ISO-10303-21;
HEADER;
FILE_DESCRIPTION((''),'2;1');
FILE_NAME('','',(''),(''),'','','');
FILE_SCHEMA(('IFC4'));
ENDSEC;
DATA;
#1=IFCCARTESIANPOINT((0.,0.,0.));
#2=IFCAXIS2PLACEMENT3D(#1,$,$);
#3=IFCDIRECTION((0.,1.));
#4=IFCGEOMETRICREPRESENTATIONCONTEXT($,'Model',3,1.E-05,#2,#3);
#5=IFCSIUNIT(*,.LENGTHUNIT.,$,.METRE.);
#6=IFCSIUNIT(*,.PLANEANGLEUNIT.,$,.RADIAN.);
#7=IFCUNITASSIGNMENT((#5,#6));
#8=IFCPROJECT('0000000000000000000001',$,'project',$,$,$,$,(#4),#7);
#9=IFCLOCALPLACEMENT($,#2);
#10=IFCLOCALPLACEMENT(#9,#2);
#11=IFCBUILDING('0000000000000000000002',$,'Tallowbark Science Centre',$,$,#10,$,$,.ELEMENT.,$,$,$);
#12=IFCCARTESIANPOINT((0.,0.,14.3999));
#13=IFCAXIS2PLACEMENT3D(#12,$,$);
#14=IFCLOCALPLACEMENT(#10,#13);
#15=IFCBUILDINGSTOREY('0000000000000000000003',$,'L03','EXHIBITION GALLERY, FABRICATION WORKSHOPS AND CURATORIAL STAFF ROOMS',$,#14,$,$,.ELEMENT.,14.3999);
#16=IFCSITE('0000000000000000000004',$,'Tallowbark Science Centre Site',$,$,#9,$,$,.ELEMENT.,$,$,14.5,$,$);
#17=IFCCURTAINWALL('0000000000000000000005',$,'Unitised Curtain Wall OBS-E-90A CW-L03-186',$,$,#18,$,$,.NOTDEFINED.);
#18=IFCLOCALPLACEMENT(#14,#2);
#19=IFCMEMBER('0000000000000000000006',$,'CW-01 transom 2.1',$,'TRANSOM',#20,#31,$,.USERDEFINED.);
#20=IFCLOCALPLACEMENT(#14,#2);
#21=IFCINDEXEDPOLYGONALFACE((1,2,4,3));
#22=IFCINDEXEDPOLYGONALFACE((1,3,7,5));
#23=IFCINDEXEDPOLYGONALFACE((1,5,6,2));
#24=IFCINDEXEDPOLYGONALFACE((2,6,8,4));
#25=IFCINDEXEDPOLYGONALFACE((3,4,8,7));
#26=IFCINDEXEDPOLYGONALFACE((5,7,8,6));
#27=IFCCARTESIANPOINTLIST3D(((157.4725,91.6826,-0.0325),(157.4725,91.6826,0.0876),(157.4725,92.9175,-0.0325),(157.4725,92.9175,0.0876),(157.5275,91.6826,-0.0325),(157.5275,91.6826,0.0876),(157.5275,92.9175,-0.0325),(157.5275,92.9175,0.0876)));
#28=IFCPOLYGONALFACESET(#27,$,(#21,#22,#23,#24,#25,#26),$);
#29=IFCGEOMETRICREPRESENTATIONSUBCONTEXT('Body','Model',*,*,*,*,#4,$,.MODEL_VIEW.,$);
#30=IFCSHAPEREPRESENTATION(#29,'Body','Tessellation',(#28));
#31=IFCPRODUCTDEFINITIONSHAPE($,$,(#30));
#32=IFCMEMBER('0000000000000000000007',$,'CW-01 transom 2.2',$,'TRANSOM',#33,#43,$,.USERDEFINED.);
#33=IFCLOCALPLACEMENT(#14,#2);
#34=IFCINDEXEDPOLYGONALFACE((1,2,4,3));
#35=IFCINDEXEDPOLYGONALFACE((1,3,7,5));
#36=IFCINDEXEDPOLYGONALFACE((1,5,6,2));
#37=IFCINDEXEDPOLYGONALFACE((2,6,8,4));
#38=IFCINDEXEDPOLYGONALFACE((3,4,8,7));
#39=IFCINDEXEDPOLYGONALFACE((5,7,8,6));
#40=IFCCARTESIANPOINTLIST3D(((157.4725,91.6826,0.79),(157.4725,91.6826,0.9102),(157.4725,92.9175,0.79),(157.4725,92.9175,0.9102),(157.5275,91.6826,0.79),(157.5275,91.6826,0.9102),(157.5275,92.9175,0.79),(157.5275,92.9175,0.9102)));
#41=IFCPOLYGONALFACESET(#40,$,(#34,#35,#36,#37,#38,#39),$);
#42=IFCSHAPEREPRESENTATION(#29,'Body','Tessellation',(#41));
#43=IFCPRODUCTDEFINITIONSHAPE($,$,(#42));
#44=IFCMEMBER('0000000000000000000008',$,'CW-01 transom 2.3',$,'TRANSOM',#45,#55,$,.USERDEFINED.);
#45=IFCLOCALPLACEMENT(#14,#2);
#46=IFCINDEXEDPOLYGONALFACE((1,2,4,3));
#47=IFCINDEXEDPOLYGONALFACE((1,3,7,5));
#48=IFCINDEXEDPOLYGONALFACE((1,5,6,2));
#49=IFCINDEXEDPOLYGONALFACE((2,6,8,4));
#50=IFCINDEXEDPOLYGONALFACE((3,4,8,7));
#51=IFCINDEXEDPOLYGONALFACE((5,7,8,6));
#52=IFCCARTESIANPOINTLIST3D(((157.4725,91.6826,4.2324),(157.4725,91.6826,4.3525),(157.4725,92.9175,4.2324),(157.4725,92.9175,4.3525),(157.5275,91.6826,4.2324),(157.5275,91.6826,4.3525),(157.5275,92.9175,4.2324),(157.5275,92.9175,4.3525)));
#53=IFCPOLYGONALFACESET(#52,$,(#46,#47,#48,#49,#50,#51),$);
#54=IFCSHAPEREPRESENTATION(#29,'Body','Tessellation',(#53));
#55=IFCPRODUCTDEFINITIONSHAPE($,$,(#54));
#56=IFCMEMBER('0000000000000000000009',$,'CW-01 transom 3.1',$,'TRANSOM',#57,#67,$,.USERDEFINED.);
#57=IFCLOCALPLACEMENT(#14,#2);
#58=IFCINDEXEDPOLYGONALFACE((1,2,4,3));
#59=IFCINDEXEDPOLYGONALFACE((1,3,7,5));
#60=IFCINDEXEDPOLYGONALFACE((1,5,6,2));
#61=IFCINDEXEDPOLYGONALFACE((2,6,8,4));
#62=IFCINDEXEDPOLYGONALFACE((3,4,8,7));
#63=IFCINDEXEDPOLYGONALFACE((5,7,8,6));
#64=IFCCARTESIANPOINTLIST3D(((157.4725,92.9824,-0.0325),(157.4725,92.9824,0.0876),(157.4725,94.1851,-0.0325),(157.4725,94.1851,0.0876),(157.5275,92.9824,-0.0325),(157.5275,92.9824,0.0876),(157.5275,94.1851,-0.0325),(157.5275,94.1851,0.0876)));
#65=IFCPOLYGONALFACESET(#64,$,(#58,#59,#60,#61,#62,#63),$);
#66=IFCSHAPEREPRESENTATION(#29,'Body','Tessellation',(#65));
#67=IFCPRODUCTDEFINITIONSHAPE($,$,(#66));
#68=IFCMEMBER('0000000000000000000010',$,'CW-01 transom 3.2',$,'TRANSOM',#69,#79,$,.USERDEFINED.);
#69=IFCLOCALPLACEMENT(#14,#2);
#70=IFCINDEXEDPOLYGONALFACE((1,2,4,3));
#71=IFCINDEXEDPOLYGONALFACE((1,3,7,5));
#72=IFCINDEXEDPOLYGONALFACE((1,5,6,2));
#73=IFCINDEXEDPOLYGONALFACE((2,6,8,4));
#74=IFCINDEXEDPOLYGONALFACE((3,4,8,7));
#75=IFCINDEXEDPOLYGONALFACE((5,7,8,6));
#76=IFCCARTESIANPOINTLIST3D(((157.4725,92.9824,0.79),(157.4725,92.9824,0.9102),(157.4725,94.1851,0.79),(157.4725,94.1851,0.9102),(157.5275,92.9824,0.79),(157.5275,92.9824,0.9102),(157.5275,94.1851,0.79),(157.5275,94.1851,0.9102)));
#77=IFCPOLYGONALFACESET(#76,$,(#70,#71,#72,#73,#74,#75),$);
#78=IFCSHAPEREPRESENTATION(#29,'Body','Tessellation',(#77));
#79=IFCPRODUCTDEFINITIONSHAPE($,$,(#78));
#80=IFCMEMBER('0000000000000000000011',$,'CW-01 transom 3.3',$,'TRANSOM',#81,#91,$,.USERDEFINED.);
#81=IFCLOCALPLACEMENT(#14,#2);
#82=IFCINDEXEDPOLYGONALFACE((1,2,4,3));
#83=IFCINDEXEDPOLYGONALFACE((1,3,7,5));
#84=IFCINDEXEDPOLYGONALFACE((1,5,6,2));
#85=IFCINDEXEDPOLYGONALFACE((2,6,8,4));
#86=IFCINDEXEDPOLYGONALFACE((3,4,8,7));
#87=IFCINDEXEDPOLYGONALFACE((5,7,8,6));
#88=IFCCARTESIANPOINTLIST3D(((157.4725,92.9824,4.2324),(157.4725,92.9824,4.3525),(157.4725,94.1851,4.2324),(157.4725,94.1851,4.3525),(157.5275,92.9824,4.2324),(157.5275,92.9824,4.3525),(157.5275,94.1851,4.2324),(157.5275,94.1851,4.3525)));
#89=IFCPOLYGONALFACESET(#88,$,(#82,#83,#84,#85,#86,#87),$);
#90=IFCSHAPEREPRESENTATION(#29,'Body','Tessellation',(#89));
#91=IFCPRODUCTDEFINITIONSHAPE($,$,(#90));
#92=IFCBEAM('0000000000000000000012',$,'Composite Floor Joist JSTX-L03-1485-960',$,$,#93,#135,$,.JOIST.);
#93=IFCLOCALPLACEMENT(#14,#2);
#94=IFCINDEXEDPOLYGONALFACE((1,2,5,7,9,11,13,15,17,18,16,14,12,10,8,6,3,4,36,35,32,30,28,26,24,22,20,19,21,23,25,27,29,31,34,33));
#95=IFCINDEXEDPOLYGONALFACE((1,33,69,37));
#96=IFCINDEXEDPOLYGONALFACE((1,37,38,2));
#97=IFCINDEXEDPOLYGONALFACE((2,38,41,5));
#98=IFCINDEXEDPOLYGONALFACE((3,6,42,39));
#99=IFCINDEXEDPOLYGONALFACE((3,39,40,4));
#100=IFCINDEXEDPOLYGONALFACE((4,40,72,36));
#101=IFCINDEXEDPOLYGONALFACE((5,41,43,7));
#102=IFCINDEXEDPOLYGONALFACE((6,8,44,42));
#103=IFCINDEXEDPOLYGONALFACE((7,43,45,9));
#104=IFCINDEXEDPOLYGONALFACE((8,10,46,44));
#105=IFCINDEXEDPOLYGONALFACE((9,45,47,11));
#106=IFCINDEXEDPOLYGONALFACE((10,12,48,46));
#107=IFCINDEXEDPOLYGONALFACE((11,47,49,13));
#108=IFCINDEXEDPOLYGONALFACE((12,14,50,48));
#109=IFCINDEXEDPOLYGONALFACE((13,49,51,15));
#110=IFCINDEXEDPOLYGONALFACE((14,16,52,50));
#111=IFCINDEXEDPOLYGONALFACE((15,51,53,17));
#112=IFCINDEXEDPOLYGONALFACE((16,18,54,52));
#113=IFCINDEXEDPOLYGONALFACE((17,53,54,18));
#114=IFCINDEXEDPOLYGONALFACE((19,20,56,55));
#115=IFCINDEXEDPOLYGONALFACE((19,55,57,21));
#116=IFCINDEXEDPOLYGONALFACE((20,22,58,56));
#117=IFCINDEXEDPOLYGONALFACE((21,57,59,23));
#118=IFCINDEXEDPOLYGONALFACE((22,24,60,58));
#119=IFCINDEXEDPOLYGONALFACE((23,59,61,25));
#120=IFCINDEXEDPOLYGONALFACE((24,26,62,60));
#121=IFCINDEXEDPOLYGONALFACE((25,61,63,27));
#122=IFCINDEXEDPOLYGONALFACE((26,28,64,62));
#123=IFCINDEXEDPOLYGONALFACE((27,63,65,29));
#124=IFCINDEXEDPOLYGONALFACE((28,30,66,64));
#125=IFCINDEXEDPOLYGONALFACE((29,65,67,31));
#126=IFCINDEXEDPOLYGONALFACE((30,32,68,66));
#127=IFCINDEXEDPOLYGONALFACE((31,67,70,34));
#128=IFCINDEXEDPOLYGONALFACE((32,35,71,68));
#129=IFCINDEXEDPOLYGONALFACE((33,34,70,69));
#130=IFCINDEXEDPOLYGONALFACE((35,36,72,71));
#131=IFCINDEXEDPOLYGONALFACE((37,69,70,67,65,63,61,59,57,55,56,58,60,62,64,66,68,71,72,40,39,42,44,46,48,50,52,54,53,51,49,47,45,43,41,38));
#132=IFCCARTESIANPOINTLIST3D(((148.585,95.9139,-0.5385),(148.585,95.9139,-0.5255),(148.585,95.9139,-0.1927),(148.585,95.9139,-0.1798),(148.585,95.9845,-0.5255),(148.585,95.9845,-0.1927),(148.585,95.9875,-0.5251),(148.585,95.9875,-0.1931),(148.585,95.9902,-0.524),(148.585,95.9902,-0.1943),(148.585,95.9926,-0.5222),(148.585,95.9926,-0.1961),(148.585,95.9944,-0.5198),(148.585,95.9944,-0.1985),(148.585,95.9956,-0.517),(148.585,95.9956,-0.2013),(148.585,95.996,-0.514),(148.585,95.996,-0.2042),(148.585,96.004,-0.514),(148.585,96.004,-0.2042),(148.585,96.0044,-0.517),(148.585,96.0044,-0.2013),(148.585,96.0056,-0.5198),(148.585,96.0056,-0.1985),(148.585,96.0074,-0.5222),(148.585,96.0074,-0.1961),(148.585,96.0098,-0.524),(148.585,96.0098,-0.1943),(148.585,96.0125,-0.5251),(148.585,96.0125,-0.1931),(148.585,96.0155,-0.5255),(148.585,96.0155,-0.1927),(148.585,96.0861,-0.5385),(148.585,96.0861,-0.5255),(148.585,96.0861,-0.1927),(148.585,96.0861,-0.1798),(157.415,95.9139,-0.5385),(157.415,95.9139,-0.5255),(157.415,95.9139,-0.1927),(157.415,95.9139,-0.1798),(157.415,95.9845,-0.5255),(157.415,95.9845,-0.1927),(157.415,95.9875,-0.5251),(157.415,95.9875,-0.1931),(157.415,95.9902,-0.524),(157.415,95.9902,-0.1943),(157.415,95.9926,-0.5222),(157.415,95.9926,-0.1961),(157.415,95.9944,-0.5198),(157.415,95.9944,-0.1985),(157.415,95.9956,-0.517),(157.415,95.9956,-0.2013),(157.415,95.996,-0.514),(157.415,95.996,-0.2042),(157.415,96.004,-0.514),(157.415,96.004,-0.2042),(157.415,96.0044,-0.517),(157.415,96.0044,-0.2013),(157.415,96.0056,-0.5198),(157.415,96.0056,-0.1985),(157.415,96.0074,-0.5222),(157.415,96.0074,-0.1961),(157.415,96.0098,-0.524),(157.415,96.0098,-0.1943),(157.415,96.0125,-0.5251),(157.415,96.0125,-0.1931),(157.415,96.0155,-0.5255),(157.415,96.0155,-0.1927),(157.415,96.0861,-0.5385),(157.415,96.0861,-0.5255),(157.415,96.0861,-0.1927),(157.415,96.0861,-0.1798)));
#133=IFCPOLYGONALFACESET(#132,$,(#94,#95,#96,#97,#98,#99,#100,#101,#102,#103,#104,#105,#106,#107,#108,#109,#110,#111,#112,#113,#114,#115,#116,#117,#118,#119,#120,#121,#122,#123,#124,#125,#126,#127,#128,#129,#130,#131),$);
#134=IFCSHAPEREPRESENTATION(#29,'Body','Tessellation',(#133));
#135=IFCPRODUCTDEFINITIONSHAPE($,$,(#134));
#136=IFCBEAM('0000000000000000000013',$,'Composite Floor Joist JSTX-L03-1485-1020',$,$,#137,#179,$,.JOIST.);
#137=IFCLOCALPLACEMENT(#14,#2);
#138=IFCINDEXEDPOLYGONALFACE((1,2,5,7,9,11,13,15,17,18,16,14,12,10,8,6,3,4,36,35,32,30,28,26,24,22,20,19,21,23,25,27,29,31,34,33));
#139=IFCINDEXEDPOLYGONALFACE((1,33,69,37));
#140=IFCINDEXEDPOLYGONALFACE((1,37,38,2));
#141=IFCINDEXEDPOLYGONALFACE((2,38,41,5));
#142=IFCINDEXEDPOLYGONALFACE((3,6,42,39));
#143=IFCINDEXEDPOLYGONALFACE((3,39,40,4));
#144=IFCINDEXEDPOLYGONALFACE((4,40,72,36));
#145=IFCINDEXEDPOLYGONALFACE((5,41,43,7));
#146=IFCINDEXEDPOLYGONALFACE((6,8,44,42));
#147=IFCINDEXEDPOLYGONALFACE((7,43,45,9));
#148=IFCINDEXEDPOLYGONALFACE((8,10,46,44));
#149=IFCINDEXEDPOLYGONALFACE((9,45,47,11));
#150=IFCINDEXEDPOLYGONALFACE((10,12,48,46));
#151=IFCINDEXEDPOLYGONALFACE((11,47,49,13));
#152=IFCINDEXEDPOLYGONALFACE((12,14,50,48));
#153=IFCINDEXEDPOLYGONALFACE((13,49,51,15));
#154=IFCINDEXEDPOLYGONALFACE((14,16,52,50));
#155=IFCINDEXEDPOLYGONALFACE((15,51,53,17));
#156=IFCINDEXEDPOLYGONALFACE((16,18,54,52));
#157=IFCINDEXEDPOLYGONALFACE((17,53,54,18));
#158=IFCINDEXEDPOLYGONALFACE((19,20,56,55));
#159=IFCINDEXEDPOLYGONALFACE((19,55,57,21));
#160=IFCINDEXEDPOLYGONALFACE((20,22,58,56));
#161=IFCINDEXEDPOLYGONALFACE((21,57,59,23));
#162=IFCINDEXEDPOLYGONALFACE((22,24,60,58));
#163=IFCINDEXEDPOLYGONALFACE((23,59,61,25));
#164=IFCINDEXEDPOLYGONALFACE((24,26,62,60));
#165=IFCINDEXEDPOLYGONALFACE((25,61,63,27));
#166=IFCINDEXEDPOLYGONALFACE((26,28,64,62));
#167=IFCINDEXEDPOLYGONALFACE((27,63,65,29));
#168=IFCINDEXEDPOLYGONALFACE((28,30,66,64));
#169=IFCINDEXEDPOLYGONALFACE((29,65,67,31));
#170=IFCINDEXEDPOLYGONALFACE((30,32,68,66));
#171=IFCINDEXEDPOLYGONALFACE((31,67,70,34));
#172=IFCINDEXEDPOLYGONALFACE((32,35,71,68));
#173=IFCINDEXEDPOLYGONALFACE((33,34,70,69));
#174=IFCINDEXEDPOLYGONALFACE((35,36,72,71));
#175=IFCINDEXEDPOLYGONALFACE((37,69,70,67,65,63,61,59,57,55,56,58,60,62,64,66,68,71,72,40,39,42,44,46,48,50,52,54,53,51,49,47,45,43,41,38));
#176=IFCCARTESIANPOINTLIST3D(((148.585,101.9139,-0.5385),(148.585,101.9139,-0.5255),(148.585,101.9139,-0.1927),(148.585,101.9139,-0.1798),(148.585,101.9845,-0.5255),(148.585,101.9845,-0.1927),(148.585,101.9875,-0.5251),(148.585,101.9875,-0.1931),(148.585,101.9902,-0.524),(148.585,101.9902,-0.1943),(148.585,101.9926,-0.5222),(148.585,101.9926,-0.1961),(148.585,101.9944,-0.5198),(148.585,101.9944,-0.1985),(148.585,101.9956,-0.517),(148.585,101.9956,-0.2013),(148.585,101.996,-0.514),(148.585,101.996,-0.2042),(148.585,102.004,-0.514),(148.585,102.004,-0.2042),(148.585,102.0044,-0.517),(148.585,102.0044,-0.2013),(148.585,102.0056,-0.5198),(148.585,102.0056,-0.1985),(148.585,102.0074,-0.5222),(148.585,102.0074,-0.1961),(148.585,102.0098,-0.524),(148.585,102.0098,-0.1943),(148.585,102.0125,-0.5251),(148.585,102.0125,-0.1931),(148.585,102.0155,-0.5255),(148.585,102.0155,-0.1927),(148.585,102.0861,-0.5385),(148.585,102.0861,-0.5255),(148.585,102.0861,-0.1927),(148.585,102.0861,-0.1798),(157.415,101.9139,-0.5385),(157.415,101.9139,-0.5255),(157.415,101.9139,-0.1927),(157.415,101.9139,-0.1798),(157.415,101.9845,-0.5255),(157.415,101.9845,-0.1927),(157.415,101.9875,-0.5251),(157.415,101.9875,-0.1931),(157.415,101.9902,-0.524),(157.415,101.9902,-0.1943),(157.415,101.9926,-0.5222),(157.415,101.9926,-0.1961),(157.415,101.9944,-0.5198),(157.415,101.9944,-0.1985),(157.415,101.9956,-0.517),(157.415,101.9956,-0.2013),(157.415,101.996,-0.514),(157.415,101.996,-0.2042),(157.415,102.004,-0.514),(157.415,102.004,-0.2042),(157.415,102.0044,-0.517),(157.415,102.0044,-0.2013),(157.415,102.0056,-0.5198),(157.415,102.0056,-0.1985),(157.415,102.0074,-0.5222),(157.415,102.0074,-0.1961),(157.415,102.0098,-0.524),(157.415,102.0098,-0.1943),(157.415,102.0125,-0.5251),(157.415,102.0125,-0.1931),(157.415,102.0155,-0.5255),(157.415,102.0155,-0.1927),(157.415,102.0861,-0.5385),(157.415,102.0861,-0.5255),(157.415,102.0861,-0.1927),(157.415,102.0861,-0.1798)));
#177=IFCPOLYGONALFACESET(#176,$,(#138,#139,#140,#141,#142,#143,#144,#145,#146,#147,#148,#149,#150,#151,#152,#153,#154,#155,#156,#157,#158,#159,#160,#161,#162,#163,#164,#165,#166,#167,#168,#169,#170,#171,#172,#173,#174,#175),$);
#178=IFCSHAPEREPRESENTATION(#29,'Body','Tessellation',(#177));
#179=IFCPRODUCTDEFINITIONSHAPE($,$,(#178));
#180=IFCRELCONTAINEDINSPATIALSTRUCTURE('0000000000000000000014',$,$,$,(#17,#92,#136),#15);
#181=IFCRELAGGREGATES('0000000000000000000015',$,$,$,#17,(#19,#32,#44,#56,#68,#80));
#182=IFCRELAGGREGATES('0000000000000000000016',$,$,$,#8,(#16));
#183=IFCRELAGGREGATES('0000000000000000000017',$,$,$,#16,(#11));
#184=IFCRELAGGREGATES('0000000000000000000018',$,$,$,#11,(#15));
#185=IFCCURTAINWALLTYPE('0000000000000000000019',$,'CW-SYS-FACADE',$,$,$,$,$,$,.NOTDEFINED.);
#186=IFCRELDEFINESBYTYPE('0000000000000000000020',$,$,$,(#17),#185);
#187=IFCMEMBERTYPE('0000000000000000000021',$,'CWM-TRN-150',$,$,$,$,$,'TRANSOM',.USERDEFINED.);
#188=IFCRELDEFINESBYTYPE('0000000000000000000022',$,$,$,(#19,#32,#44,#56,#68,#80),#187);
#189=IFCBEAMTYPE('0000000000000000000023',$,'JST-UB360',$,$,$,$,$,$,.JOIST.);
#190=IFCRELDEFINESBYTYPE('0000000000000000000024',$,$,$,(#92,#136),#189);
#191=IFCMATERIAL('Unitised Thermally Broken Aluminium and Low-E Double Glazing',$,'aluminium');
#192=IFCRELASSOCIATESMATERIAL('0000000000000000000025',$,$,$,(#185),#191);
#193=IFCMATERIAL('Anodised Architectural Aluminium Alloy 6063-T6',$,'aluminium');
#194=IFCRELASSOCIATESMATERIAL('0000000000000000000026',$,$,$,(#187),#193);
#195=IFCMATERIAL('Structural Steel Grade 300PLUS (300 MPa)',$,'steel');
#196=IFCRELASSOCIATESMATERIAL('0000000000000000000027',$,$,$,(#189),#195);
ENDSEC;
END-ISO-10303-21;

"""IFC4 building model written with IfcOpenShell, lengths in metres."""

from ifc_helpers import new_model, si_unit, direction, frame, origin, origin_2d, place, context, subcontext, project, spatial, rectangle, i_section, extrude, material, material_profile, profile_set, type_object, element, aggregate, save


model = new_model("IFC4")

# Units and contexts
model_context = context("Model", 3, precision=1e-05, world=origin(), true_north=direction((0.0, 1.0)))
body_context = subcontext(model_context, "Body", "Model", "MODEL_VIEW")
ifc_project = project(units=[si_unit("LENGTHUNIT", "METRE"), si_unit("PLANEANGLEUNIT", "RADIAN")], contexts=[model_context])

# Site, building, storey
site_placement = place(None, origin())
site = spatial("IfcSite", under=ifc_project, at=site_placement, Name="Tallowbark Science Centre Site", CompositionType="ELEMENT", RefElevation=14.5)
building_placement = place(site_placement, origin())
building = spatial("IfcBuilding", under=site, at=building_placement, Name="Tallowbark Science Centre", CompositionType="ELEMENT")
storey_placement = place(building_placement, frame((0.0, 0.0, 14.3999)))
storey = spatial("IfcBuildingStorey", under=building, at=storey_placement, Name="L03", Description="EXHIBITION GALLERY, FABRICATION WORKSHOPS AND CURATORIAL STAFF ROOMS", CompositionType="ELEMENT", Elevation=14.3999)

# Shared definitions
ifc_material_1 = material(Name="Structural Steel Grade 300PLUS (300 MPa)", Category="steel")

# Curtain wall, members
ifc_material_2 = material(Name="Unitised Thermally Broken Aluminium and Low-E Double Glazing", Category="aluminium")
curtain_wall_type = type_object("IfcCurtainWallType", Name="CW-SYS-FACADE", PredefinedType="NOTDEFINED", material=ifc_material_2)
curtain_wall_placement = place(storey_placement, origin())
curtain_wall = element("IfcCurtainWall", 1, at=curtain_wall_placement, inside=storey, type_object=curtain_wall_type, Name="Unitised Curtain Wall OBS-E-90A CW-L03-186", PredefinedType="NOTDEFINED")
ifc_material_3 = material(Name="Anodised Architectural Aluminium Alloy 6063-T6", Category="aluminium")
ifc_material_profile_1 = material_profile(ifc_material_3, rectangle(XDim=0.0549, YDim=0.1201, at=origin_2d()), Name="ALU55x120")
ifc_profile_set_1 = profile_set([ifc_material_profile_1], Name="Anodised Architectural Aluminium Alloy 6063-T6")
member_type_1 = type_object("IfcMemberType", Name="CWM-TRN-150", ElementType="TRANSOM", PredefinedType="USERDEFINED", material=ifc_profile_set_1)
member_1_placement = place(storey_placement, frame((157.5, 91.6826, 0.0276), z_axis=(0.0, 1.0, 0.0), x_axis=(-1.0, 0.0, 0.0)))
member_1 = element("IfcMember", 2, at=member_1_placement, type_object=member_type_1, Name="CW-01 transom 2.1", ObjectType="TRANSOM", PredefinedType="USERDEFINED", context=body_context, shape_type="SweptSolid", body=[
    extrude(rectangle(XDim=0.0549, YDim=0.1201, at=origin_2d()), origin(), (0.0, 0.0, 1.0), 1.2349),
])
member_2_placement = place(storey_placement, frame((157.5, 91.6826, 0.8501), z_axis=(0.0, 1.0, 0.0), x_axis=(-1.0, 0.0, 0.0)))
member_2 = element("IfcMember", 3, at=member_2_placement, type_object=member_type_1, Name="CW-01 transom 2.2", ObjectType="TRANSOM", PredefinedType="USERDEFINED", context=body_context, shape_type="SweptSolid", body=[
    extrude(rectangle(XDim=0.0549, YDim=0.1201, at=origin_2d()), origin(), (0.0, 0.0, 1.0), 1.2349),
])
member_3_placement = place(storey_placement, frame((157.5, 91.6826, 4.2925), z_axis=(0.0, 1.0, 0.0), x_axis=(-1.0, 0.0, 0.0)))
member_3 = element("IfcMember", 4, at=member_3_placement, type_object=member_type_1, Name="CW-01 transom 2.3", ObjectType="TRANSOM", PredefinedType="USERDEFINED", context=body_context, shape_type="SweptSolid", body=[
    extrude(rectangle(XDim=0.0549, YDim=0.1201, at=origin_2d()), origin(), (0.0, 0.0, 1.0), 1.2349),
])
member_4_placement = place(storey_placement, frame((157.5, 92.9824, 0.0276), z_axis=(0.0, 1.0, 0.0), x_axis=(-1.0, 0.0, 0.0)))
member_4 = element("IfcMember", 5, at=member_4_placement, type_object=member_type_1, Name="CW-01 transom 3.1", ObjectType="TRANSOM", PredefinedType="USERDEFINED", context=body_context, shape_type="SweptSolid", body=[
    extrude(rectangle(XDim=0.0549, YDim=0.1201, at=origin_2d()), origin(), (0.0, 0.0, 1.0), 1.2026),
])
member_5_placement = place(storey_placement, frame((157.5, 92.9824, 0.8501), z_axis=(0.0, 1.0, 0.0), x_axis=(-1.0, 0.0, 0.0)))
member_5 = element("IfcMember", 6, at=member_5_placement, type_object=member_type_1, Name="CW-01 transom 3.2", ObjectType="TRANSOM", PredefinedType="USERDEFINED", context=body_context, shape_type="SweptSolid", body=[
    extrude(rectangle(XDim=0.0549, YDim=0.1201, at=origin_2d()), origin(), (0.0, 0.0, 1.0), 1.2026),
])
member_6_placement = place(storey_placement, frame((157.5, 92.9824, 4.2925), z_axis=(0.0, 1.0, 0.0), x_axis=(-1.0, 0.0, 0.0)))
member_6 = element("IfcMember", 7, at=member_6_placement, type_object=member_type_1, Name="CW-01 transom 3.3", ObjectType="TRANSOM", PredefinedType="USERDEFINED", context=body_context, shape_type="SweptSolid", body=[
    extrude(rectangle(XDim=0.0549, YDim=0.1201, at=origin_2d()), origin(), (0.0, 0.0, 1.0), 1.2026),
])

# Beams
ifc_material_profile_2 = material_profile(ifc_material_1, i_section(OverallWidth=0.1721, OverallDepth=0.3586, WebThickness=0.0081, FlangeThickness=0.0129, FilletRadius=0.0115, at=origin_2d()), Name="360UB56.7")
ifc_profile_set_2 = profile_set([ifc_material_profile_2], Name="Structural Steel Grade 300PLUS (300 MPa)")
beam_type_1 = type_object("IfcBeamType", Name="JST-UB360", PredefinedType="JOIST", material=ifc_profile_set_2)
for number, where, z_axis, x_axis, name in (
    (8, (148.585, 96.0, -0.3591), (1.0, 0.0, 0.0), (0.0, 1.0, 0.0), "Composite Floor Joist JSTX-L03-1485-960"),
    (9, (148.585, 102.0, -0.3591), (1.0, 0.0, 0.0), (0.0, 1.0, 0.0), "Composite Floor Joist JSTX-L03-1485-1020"),
):
    element("IfcBeam", number, at=place(storey_placement, frame(where, z_axis=z_axis, x_axis=x_axis)), inside=storey, type_object=beam_type_1, Name=name, PredefinedType="JOIST", context=body_context, shape_type="SweptSolid", body=[
        extrude(i_section(OverallWidth=0.1721, OverallDepth=0.3586, WebThickness=0.0081, FlangeThickness=0.0129, FilletRadius=0.0115, at=origin_2d()), origin(), (0.0, 0.0, 1.0), 8.8301),
    ])

aggregate(curtain_wall, [member_1, member_2, member_3, member_4, member_5, member_6])

save(model, "model.ifc")
